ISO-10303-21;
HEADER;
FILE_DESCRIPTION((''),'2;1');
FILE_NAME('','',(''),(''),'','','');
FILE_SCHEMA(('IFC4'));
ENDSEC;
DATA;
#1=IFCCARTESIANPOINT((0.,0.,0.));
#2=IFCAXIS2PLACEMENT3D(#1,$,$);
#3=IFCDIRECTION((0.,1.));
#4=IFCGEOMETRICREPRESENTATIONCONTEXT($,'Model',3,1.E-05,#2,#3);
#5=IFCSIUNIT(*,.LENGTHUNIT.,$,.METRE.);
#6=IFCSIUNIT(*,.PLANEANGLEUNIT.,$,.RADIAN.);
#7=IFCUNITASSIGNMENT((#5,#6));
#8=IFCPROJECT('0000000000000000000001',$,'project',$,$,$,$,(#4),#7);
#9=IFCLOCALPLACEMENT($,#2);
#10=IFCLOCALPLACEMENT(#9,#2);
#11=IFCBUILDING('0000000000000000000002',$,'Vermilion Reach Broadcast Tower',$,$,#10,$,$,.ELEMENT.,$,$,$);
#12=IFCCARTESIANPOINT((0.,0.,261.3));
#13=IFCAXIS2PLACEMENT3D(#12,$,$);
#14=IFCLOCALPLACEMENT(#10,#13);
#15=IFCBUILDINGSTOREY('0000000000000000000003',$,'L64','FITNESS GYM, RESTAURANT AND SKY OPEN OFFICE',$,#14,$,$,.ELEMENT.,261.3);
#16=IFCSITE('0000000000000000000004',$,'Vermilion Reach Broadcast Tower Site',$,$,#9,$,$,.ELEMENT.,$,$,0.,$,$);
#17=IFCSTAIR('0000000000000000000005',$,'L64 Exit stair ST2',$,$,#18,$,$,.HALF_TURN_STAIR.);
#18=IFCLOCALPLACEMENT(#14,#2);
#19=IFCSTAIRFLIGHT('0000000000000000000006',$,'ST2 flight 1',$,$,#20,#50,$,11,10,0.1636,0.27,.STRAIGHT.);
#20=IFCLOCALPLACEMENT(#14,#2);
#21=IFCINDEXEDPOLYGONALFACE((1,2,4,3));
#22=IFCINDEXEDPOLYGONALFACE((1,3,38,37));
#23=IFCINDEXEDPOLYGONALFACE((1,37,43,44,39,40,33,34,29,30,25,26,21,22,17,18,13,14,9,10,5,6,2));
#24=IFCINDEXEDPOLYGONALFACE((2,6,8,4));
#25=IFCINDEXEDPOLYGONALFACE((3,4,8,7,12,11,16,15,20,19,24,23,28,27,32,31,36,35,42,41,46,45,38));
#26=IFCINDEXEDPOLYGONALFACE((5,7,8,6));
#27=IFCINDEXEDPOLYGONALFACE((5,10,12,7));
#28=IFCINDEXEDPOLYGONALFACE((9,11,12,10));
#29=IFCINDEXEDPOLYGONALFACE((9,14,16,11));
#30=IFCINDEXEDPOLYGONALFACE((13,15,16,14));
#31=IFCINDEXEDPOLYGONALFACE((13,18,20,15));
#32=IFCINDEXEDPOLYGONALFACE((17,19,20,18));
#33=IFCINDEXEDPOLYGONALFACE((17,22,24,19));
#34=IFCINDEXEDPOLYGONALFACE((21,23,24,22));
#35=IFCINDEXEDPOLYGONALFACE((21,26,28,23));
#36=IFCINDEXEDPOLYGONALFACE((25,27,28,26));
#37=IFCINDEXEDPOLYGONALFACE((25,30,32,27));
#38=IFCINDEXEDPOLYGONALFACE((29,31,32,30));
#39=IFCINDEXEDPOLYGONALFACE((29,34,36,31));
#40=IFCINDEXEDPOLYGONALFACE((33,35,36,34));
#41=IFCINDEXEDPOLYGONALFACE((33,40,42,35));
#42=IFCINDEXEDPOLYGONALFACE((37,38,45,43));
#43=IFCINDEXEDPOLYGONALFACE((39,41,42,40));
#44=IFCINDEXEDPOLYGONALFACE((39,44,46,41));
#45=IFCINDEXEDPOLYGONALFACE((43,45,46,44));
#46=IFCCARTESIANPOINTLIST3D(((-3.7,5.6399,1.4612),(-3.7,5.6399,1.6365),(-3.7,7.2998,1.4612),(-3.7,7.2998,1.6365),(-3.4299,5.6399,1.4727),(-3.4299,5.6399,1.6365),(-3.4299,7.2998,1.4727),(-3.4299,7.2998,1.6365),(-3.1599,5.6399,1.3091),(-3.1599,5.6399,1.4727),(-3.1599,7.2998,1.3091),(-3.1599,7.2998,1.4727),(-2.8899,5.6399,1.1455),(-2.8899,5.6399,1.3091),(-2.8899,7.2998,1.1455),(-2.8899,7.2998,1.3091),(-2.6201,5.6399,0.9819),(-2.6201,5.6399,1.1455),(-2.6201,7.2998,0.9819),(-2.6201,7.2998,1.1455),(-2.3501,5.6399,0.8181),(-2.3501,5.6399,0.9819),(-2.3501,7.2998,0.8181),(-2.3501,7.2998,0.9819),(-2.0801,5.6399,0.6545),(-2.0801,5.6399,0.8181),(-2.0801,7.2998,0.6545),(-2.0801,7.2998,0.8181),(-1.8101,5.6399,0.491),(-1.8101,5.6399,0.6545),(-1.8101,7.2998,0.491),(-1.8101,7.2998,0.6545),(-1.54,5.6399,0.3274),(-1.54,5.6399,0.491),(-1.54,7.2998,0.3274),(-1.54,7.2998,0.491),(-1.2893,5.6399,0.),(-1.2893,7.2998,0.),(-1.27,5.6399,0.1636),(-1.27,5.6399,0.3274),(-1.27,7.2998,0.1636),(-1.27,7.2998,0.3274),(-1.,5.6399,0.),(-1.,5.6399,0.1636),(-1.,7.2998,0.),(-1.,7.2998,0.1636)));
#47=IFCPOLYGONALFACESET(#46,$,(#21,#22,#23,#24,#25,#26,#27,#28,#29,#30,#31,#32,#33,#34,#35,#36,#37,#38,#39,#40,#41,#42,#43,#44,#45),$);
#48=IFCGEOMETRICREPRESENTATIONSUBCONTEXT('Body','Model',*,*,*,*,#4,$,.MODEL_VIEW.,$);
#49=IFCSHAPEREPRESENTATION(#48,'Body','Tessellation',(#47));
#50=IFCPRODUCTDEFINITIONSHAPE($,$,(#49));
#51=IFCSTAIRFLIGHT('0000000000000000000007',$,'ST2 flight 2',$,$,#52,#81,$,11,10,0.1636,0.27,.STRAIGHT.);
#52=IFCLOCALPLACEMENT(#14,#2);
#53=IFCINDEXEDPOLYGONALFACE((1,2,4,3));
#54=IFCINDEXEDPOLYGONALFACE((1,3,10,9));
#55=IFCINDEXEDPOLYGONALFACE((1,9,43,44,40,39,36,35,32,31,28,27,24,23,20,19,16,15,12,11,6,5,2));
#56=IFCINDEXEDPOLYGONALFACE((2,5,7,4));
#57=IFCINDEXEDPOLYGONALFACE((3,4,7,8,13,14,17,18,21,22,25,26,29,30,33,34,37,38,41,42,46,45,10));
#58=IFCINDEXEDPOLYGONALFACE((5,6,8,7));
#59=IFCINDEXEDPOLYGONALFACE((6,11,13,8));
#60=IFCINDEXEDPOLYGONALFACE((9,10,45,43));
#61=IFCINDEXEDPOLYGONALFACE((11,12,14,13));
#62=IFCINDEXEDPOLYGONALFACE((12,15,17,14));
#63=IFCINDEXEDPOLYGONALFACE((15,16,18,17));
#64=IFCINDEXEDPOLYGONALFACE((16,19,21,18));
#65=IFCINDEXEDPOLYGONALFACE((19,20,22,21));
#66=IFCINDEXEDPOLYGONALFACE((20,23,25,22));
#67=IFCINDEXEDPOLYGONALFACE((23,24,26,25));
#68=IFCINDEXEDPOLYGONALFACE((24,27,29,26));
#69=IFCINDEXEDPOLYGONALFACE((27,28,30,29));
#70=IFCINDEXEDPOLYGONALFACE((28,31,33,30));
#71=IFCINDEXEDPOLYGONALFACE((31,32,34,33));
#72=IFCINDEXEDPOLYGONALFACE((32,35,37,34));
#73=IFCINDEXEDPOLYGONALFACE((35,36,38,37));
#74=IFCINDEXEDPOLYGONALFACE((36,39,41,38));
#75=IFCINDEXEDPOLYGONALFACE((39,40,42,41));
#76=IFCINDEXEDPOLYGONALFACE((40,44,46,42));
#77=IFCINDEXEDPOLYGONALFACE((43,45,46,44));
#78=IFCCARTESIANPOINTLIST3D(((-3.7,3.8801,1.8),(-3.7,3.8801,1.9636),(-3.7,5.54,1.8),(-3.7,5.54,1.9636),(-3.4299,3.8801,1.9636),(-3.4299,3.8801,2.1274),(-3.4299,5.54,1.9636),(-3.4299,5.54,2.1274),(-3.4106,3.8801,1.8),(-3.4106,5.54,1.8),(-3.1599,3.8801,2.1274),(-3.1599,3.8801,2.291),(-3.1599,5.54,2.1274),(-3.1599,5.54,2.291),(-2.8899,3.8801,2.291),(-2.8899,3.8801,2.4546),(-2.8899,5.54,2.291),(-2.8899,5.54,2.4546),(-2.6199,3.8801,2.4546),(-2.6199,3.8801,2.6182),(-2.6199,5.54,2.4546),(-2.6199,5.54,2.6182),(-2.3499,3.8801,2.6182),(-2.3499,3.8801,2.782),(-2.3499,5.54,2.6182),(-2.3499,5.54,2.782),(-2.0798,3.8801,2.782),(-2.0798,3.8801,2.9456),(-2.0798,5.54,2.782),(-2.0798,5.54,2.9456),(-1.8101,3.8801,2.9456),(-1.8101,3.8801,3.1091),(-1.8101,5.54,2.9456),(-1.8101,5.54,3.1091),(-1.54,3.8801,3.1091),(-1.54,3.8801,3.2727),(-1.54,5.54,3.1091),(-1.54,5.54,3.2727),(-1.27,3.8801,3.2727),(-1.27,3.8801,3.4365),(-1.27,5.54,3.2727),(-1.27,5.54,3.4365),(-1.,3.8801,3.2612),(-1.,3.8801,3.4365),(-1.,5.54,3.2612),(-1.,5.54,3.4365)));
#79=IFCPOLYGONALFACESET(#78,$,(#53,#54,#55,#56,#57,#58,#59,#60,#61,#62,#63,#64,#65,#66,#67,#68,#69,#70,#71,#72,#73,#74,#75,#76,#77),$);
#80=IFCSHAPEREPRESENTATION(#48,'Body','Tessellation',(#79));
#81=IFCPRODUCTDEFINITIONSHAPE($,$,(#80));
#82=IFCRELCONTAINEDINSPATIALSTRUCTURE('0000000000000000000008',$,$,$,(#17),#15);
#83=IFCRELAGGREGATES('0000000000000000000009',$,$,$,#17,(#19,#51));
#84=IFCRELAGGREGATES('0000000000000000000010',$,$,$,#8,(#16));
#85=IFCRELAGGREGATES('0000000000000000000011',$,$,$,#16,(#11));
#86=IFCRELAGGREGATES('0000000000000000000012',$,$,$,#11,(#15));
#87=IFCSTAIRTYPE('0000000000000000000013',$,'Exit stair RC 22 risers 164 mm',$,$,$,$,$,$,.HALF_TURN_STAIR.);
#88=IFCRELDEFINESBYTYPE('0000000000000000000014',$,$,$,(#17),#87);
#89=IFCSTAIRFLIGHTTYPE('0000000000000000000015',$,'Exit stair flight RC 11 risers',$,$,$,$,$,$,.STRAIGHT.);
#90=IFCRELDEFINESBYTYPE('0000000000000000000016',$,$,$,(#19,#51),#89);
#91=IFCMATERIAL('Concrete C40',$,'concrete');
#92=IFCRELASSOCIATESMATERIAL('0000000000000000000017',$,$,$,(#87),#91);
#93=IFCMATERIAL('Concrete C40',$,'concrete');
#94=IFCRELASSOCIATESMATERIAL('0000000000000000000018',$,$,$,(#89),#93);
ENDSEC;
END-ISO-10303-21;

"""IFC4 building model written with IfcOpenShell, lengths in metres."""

from ifc_helpers import new_model, si_unit, direction, frame, origin, place, context, subcontext, project, spatial, polyline, outline, extrude, material, type_object, element, aggregate, save


model = new_model("IFC4")

# Units and contexts
model_context = context("Model", 3, precision=1e-05, world=origin(), true_north=direction((0.0, 1.0)))
body_context = subcontext(model_context, "Body", "Model", "MODEL_VIEW")
ifc_project = project(units=[si_unit("LENGTHUNIT", "METRE"), si_unit("PLANEANGLEUNIT", "RADIAN")], contexts=[model_context])

# Site, building, storey
site_placement = place(None, origin())
site = spatial("IfcSite", under=ifc_project, at=site_placement, Name="Vermilion Reach Broadcast Tower Site", CompositionType="ELEMENT", RefElevation=0.0)
building_placement = place(site_placement, origin())
building = spatial("IfcBuilding", under=site, at=building_placement, Name="Vermilion Reach Broadcast Tower", CompositionType="ELEMENT")
storey_placement = place(building_placement, frame((0.0, 0.0, 261.3)))
storey = spatial("IfcBuildingStorey", under=building, at=storey_placement, Name="L64", Description="FITNESS GYM, RESTAURANT AND SKY OPEN OFFICE", CompositionType="ELEMENT", Elevation=261.3)

# Stair
ifc_material_1 = material(Name="Concrete C40", Category="concrete")
stair_type = type_object("IfcStairType", Name="Exit stair RC 22 risers 164 mm", PredefinedType="HALF_TURN_STAIR", material=ifc_material_1)
placement_1 = place(storey_placement, origin())
stair_1 = element("IfcStair", 1, at=placement_1, inside=storey, type_object=stair_type, Name="L64 Exit stair ST2", PredefinedType="HALF_TURN_STAIR")

# Stair flights
ifc_material_2 = material(Name="Concrete C40", Category="concrete")
stair_flight_type = type_object("IfcStairFlightType", Name="Exit stair flight RC 11 risers", PredefinedType="STRAIGHT", material=ifc_material_2)
stair_flight_1_placement = place(storey_placement, frame((-1.0, 6.47, 0.0), z_axis=(0.0, 0.0, 1.0), x_axis=(-1.0, 0.0, 0.0)))
stair_flight_1 = element("IfcStairFlight", 2, at=stair_flight_1_placement, type_object=stair_flight_type, Name="ST2 flight 1", NumberOfRisers=11, NumberOfTreads=10, PredefinedType="STRAIGHT", RiserHeight=0.1636, TreadLength=0.27, context=body_context, shape_type="SweptSolid", body=[
    extrude(outline(polyline([(0.0, 0.0), (0.0, 0.1636), (0.27, 0.1636), (0.27, 0.3274), (0.54, 0.3274), (0.54, 0.491), (0.8101, 0.491), (0.8101, 0.6545), (1.0801, 0.6545), (1.0801, 0.8181), (1.3501, 0.8181), (1.3501, 0.9819), (1.6201, 0.9819), (1.6201, 1.1455), (1.8899, 1.1455), (1.8899, 1.3091), (2.1599, 1.3091), (2.1599, 1.4727), (2.4299, 1.4727), (2.4299, 1.6365), (2.7, 1.6365), (2.7, 1.8), (2.7, 1.4612), (0.2893, 0.0), (0.0, 0.0)])), frame((0.0, 0.8301, 0.0), z_axis=(0.0, -1.0, 0.0), x_axis=(1.0, 0.0, 0.0)), (0.0, 0.0, 1.0), 1.6599),
])
stair_flight_2_placement = place(storey_placement, frame((-3.7, 4.71, 1.8), z_axis=(0.0, 0.0, 1.0), x_axis=(1.0, 0.0, 0.0)))
stair_flight_2 = element("IfcStairFlight", 3, at=stair_flight_2_placement, type_object=stair_flight_type, Name="ST2 flight 2", NumberOfRisers=11, NumberOfTreads=10, PredefinedType="STRAIGHT", RiserHeight=0.1636, TreadLength=0.27, context=body_context, shape_type="SweptSolid", body=[
    extrude(outline(polyline([(0.0, 0.0), (0.0, 0.1636), (0.27, 0.1636), (0.27, 0.3274), (0.54, 0.3274), (0.54, 0.491), (0.8101, 0.491), (0.8101, 0.6545), (1.0801, 0.6545), (1.0801, 0.8181), (1.3501, 0.8181), (1.3501, 0.9819), (1.6201, 0.9819), (1.6201, 1.1455), (1.8899, 1.1455), (1.8899, 1.3091), (2.1599, 1.3091), (2.1599, 1.4727), (2.4299, 1.4727), (2.4299, 1.6365), (2.7, 1.6365), (2.7, 1.8), (2.7, 1.4612), (0.2893, 0.0), (0.0, 0.0)])), frame((0.0, 0.8301, 0.0), z_axis=(0.0, -1.0, 0.0), x_axis=(1.0, 0.0, 0.0)), (0.0, 0.0, 1.0), 1.6599),
])
aggregate(stair_1, [stair_flight_1, stair_flight_2])

save(model, "model.ifc")
